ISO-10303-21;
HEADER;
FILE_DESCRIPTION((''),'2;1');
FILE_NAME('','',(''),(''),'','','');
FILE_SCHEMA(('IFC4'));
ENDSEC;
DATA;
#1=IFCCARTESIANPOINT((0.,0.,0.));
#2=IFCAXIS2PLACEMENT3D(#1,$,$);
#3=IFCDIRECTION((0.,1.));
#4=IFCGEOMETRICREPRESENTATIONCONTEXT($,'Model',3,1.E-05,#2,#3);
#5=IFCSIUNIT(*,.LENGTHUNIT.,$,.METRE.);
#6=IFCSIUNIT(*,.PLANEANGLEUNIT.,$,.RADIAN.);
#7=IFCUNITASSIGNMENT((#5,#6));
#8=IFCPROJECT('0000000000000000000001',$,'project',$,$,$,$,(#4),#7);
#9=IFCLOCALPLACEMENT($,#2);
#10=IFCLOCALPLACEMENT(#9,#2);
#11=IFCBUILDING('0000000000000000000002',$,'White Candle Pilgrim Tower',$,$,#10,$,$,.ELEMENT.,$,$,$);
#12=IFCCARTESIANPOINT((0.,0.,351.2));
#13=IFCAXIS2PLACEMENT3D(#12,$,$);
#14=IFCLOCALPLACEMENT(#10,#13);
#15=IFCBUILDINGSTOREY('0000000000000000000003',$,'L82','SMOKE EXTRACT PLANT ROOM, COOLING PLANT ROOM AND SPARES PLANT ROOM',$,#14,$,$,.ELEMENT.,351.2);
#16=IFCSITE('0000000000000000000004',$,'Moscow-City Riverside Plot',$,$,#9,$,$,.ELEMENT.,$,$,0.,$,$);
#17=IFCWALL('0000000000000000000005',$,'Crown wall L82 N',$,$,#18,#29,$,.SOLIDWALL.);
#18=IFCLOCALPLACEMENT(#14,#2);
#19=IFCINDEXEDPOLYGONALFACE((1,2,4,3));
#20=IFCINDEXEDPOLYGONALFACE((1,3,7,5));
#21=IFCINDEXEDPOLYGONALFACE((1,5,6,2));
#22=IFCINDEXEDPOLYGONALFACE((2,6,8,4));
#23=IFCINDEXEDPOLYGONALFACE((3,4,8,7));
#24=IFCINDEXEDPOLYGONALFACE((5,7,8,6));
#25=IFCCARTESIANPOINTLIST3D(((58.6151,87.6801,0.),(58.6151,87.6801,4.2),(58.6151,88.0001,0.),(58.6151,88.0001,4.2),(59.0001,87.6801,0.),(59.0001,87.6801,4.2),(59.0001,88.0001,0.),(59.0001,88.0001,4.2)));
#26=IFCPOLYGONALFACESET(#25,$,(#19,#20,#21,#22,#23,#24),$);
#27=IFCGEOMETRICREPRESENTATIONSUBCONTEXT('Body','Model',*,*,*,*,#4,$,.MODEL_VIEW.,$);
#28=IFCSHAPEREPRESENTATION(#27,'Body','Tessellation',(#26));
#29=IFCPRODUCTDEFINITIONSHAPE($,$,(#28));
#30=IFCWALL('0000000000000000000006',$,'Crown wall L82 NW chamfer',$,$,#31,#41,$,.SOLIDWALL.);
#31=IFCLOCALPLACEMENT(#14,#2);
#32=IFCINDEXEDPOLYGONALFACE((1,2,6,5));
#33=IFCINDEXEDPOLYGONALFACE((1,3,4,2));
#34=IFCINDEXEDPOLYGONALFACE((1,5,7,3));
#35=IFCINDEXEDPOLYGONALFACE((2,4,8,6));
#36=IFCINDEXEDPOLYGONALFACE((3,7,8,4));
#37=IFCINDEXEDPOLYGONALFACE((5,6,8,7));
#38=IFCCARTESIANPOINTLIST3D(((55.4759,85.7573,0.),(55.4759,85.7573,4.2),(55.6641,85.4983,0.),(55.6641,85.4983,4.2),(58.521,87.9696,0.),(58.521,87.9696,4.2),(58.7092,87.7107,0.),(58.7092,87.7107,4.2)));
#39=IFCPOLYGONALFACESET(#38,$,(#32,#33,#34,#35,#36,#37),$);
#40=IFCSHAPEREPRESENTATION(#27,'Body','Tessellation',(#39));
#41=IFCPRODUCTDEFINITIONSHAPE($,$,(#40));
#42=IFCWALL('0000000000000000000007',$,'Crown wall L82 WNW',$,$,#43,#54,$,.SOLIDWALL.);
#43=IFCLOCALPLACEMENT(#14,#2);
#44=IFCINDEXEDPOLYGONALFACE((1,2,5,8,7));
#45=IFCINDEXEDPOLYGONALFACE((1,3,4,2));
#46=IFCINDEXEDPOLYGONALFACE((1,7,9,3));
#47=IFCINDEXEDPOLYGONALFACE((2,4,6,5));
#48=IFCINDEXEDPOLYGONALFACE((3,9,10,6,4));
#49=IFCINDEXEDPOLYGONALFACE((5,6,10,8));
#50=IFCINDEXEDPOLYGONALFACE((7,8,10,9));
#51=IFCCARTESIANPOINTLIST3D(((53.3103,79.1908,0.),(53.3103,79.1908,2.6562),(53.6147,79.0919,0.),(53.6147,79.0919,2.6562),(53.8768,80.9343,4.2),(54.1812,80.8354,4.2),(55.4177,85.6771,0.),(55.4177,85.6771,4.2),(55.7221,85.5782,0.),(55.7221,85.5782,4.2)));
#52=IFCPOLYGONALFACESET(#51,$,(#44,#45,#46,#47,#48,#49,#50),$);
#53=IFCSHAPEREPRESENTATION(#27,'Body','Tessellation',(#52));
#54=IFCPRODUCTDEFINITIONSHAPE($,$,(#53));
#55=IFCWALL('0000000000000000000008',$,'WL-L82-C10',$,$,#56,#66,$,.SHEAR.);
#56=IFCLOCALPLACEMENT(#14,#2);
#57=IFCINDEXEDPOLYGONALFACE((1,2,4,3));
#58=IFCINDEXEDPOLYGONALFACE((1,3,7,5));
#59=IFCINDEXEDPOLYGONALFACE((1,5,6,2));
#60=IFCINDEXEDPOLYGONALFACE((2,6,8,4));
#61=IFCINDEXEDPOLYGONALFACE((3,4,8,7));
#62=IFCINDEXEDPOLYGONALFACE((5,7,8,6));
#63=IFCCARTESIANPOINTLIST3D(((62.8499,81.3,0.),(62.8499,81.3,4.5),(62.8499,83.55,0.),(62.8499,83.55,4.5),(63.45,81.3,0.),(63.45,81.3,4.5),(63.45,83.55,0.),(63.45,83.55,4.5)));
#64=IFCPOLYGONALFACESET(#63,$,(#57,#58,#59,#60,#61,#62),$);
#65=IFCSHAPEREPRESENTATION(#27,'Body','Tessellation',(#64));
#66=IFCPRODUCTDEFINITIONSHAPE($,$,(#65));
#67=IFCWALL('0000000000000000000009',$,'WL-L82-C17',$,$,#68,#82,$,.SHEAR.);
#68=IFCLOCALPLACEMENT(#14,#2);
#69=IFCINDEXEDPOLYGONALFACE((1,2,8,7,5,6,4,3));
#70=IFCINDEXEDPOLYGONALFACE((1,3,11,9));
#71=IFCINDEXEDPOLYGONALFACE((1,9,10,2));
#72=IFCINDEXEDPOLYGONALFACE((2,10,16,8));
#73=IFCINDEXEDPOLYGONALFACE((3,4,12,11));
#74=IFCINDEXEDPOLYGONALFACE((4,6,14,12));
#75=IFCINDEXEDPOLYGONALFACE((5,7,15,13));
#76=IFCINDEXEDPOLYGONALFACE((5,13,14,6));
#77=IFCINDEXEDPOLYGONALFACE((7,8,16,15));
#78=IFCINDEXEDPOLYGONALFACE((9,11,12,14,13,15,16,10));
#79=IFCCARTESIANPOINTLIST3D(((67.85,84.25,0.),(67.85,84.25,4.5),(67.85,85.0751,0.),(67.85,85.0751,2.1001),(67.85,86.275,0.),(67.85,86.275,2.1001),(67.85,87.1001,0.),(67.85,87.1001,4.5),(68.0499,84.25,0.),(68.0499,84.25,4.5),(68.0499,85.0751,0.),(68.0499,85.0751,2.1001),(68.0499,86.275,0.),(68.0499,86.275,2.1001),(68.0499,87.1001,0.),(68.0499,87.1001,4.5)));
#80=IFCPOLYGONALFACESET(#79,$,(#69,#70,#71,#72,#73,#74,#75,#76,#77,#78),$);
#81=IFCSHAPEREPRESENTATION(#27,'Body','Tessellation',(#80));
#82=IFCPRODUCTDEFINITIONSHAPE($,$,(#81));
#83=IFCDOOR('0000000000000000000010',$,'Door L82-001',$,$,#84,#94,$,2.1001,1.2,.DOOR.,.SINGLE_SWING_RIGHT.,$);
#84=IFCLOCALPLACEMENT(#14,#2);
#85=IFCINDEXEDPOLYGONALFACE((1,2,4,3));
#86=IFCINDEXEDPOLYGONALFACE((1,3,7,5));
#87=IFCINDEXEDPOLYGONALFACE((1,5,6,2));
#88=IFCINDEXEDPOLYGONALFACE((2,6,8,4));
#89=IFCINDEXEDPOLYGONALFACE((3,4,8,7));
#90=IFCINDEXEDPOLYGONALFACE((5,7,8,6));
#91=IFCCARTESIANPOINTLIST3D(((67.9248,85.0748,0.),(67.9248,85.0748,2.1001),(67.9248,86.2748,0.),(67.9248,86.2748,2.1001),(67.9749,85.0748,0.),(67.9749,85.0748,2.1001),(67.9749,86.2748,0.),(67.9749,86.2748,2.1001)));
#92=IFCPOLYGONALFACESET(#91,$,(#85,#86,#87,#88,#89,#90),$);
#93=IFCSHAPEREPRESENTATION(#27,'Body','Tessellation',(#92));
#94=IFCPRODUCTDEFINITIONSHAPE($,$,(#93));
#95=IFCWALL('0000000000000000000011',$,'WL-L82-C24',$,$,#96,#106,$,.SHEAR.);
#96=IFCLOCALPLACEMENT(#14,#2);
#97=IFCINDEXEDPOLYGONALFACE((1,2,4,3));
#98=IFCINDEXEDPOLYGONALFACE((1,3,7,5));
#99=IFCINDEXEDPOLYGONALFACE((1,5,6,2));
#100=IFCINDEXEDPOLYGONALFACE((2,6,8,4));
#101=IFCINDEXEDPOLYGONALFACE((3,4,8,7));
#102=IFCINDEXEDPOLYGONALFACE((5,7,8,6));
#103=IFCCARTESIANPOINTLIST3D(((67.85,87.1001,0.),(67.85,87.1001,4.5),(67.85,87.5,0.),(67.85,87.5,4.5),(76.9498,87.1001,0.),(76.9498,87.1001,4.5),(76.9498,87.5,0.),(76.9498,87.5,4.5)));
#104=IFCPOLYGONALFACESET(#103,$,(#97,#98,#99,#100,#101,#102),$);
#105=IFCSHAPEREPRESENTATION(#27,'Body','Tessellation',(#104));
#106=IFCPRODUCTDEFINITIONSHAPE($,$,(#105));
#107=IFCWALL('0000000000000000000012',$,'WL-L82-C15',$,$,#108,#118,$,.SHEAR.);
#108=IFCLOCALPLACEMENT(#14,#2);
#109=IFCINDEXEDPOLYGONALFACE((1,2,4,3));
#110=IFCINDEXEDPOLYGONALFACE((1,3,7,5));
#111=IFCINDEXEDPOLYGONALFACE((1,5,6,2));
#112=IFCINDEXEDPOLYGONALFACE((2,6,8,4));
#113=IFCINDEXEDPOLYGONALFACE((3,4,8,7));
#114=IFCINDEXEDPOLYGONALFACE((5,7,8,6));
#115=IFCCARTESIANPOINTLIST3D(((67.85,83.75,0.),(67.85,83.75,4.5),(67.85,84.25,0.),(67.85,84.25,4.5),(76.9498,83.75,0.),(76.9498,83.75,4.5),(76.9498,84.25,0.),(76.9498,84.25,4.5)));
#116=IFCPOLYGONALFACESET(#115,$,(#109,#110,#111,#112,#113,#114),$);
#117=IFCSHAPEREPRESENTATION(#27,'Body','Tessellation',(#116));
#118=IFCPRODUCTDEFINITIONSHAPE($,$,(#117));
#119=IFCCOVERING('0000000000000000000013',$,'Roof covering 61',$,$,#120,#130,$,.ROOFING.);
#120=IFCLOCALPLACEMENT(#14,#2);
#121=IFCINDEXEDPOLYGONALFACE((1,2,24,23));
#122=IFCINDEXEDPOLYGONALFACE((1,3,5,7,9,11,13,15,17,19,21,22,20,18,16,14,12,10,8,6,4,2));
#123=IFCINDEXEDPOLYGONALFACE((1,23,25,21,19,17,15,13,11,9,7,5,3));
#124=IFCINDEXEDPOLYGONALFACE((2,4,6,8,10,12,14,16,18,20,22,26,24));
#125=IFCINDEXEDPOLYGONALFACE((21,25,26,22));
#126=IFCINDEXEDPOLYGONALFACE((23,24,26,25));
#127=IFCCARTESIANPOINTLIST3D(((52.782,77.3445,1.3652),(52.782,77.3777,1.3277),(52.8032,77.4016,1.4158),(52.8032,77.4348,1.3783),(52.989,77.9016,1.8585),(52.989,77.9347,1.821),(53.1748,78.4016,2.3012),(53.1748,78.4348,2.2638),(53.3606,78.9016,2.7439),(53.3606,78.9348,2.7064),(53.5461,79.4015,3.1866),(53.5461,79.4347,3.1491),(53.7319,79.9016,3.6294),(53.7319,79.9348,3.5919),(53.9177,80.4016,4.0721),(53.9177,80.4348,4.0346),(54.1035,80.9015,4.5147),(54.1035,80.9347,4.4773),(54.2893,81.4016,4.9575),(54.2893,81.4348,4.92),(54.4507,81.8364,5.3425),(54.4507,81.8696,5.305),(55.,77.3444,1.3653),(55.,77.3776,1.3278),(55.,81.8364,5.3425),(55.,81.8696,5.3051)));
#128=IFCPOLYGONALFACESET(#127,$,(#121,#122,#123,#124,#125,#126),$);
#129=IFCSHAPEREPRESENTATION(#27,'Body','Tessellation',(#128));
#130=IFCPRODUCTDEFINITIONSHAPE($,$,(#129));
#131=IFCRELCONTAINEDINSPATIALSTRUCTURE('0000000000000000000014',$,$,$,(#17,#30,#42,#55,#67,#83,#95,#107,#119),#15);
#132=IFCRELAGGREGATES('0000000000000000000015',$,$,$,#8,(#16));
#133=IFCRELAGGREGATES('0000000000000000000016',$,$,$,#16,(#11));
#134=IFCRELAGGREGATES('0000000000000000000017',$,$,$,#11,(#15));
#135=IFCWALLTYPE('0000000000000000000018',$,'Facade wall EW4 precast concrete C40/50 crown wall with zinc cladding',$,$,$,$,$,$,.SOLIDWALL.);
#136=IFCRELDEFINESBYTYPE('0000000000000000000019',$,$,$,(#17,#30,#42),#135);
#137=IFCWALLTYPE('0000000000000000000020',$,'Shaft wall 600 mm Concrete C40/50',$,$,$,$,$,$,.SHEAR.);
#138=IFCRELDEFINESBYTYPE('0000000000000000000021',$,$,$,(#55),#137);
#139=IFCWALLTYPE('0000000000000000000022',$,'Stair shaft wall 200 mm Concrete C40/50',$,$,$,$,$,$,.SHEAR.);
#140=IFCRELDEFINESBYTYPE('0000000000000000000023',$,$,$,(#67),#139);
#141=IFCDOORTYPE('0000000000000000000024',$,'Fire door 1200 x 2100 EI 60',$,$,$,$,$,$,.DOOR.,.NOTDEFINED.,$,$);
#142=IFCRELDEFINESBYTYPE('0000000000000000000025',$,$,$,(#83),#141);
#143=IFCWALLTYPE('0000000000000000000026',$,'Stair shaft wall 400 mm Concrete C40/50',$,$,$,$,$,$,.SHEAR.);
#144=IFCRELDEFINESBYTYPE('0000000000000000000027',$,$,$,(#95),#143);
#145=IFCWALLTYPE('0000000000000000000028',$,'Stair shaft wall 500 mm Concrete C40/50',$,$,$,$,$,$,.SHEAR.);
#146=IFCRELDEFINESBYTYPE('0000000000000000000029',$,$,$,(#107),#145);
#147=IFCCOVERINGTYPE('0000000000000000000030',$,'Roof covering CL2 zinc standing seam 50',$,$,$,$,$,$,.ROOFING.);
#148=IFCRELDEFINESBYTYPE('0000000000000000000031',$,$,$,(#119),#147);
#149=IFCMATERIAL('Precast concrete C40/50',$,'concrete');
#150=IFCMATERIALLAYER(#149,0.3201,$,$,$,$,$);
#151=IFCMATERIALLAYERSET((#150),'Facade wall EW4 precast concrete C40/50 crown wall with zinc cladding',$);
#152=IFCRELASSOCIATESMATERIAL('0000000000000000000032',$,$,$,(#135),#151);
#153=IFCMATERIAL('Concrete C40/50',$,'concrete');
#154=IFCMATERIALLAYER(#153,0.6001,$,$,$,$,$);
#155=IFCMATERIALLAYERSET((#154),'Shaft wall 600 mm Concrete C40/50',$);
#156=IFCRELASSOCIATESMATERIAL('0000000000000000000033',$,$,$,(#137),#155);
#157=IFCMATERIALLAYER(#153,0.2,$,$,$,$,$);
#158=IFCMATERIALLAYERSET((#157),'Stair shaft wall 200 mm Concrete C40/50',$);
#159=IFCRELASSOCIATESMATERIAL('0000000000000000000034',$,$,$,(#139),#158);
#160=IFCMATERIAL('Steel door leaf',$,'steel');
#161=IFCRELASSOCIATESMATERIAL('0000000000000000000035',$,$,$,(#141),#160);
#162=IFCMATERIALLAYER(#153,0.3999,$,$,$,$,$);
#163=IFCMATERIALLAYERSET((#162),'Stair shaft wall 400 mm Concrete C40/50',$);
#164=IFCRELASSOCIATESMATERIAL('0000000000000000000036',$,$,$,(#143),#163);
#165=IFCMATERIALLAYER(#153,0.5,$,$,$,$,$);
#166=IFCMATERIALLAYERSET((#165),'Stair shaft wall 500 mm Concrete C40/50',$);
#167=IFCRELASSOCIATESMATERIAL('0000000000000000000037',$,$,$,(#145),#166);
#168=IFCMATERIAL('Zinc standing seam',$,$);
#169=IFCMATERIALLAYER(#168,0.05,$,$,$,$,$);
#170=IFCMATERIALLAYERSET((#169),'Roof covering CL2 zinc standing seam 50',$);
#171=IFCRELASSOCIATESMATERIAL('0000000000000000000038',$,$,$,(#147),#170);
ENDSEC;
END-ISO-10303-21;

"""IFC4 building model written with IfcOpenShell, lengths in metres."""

from ifc_helpers import new_model, si_unit, direction, frame, frame_2d, origin, place, context, subcontext, project, spatial, polyline, rectangle, outline, extrude, material, layer, layer_set, type_object, element, fill, save


model = new_model("IFC4")

# Units and contexts
model_context = context("Model", 3, precision=1e-05, world=origin(), true_north=direction((0.0, 1.0)))
body_context = subcontext(model_context, "Body", "Model", "MODEL_VIEW")
ifc_project = project(units=[si_unit("LENGTHUNIT", "METRE"), si_unit("PLANEANGLEUNIT", "RADIAN")], contexts=[model_context])

# Site, building, storey
site_placement = place(None, origin())
site = spatial("IfcSite", under=ifc_project, at=site_placement, Name="Moscow-City Riverside Plot", CompositionType="ELEMENT", RefElevation=0.0)
building_placement = place(site_placement, origin())
building = spatial("IfcBuilding", under=site, at=building_placement, Name="White Candle Pilgrim Tower", CompositionType="ELEMENT")
storey_placement = place(building_placement, frame((0.0, 0.0, 351.2)))
storey = spatial("IfcBuildingStorey", under=building, at=storey_placement, Name="L82", Description="SMOKE EXTRACT PLANT ROOM, COOLING PLANT ROOM AND SPARES PLANT ROOM", CompositionType="ELEMENT", Elevation=351.2)

# Shared definitions
ifc_material_1 = material(Name="Concrete C40/50", Category="concrete")

# Shared definitions
ifc_material_2 = material(Name="Steel door leaf", Category="steel")

# Walls
ifc_material_3 = material(Name="Precast concrete C40/50", Category="concrete")
ifc_layer_1 = layer(ifc_material_3, 0.3201)
ifc_layer_set_1 = layer_set([ifc_layer_1], Name="Facade wall EW4 precast concrete C40/50 crown wall with zinc cladding")
wall_type_1 = type_object("IfcWallType", Name="Facade wall EW4 precast concrete C40/50 crown wall with zinc cladding", PredefinedType="SOLIDWALL", material=ifc_layer_set_1)
wall_1_placement = place(storey_placement, frame((59.0, 87.8401, 0.0), z_axis=(0.0, 0.0, 1.0), x_axis=(-1.0, 0.0, 0.0)))
element("IfcWall", 1, at=wall_1_placement, inside=storey, type_object=wall_type_1, Name="Crown wall L82 N", PredefinedType="SOLIDWALL", context=body_context, shape_type="SweptSolid", body=[
    extrude(rectangle(XDim=0.385, YDim=0.3201, at=frame_2d((0.1924, 0.0))), origin(), (0.0, 0.0, 1.0), 4.2),
])
wall_2_placement = place(storey_placement, frame((58.615, 87.8401, 0.0), z_axis=(0.0, 0.0, 1.0), x_axis=(-0.809022, -0.587778, 0.0)))
element("IfcWall", 2, at=wall_2_placement, inside=storey, type_object=wall_type_1, Name="Crown wall L82 NW chamfer", PredefinedType="SOLIDWALL", context=body_context, shape_type="SweptSolid", body=[
    extrude(rectangle(XDim=3.7639, YDim=0.3201, at=frame_2d((1.8818, 0.0))), origin(), (0.0, 0.0, 1.0), 4.2),
])
wall_3_placement = place(storey_placement, frame((55.5698, 85.6277, 0.0), z_axis=(0.0, 0.0, 1.0), x_axis=(-0.309002, -0.951061, 0.0)))
element("IfcWall", 3, at=wall_3_placement, inside=storey, type_object=wall_type_1, Name="Crown wall L82 WNW", PredefinedType="SOLIDWALL", context=body_context, shape_type="SweptSolid", body=[
    extrude(outline(polyline([(0.0, 0.0), (6.8201, 0.0), (6.8201, 2.6562), (4.9868, 4.2), (0.0, 4.2), (0.0, 0.0)])), frame((0.0, 0.1602, 0.0), z_axis=(0.0, -1.0, 0.0), x_axis=(1.0, 0.0, 0.0)), (0.0, 0.0, 1.0), 0.3201),
])
ifc_layer_2 = layer(ifc_material_1, 0.6001)
ifc_layer_set_2 = layer_set([ifc_layer_2], Name="Shaft wall 600 mm Concrete C40/50")
wall_type_2 = type_object("IfcWallType", Name="Shaft wall 600 mm Concrete C40/50", PredefinedType="SHEAR", material=ifc_layer_set_2)
wall_4_placement = place(storey_placement, frame((63.1499, 81.3, 0.0), z_axis=(0.0, 0.0, 1.0), x_axis=(0.0, 1.0, 0.0)))
element("IfcWall", 4, at=wall_4_placement, inside=storey, type_object=wall_type_2, Name="WL-L82-C10", PredefinedType="SHEAR", context=body_context, shape_type="SweptSolid", body=[
    extrude(rectangle(XDim=2.25, YDim=0.6001, at=frame_2d((1.125, 0.0))), origin(), (0.0, 0.0, 1.0), 4.5),
])

# Wall, opening, door
ifc_layer_3 = layer(ifc_material_1, 0.2)
ifc_layer_set_3 = layer_set([ifc_layer_3], Name="Stair shaft wall 200 mm Concrete C40/50")
wall_type_3 = type_object("IfcWallType", Name="Stair shaft wall 200 mm Concrete C40/50", PredefinedType="SHEAR", material=ifc_layer_set_3)
wall_5_placement = place(storey_placement, frame((67.95, 84.25, 0.0), z_axis=(0.0, 0.0, 1.0), x_axis=(0.0, 1.0, 0.0)))
wall_5 = element("IfcWall", 5, at=wall_5_placement, inside=storey, type_object=wall_type_3, Name="WL-L82-C17", PredefinedType="SHEAR", context=body_context, shape_type="SweptSolid", body=[
    extrude(rectangle(XDim=2.8501, YDim=0.2, at=frame_2d((1.425, 0.0))), origin(), (0.0, 0.0, 1.0), 4.5),
])
opening_1_placement = place(wall_5_placement, frame((0.825, 0.0, 0.0)))
opening_1 = element("IfcOpeningElement", 6, at=opening_1_placement, cuts=wall_5, PredefinedType="OPENING", context=body_context, shape_type="SweptSolid", body=[
    extrude(rectangle(XDim=1.2, YDim=2.1001, at=frame_2d((0.6001, 1.05))), frame((0.0, 0.1099, 0.0), z_axis=(0.0, -1.0, 0.0), x_axis=(1.0, 0.0, 0.0)), (0.0, 0.0, 1.0), 0.22),
])
door_type_1 = type_object("IfcDoorType", Name="Fire door 1200 x 2100 EI 60", OperationType="NOTDEFINED", PredefinedType="DOOR", material=ifc_material_2)
door_1_placement = place(opening_1_placement, frame((1.2, 0.0, 0.0), z_axis=(0.0, 0.0, 1.0), x_axis=(-1.0, 0.0, 0.0)))
door_1 = element("IfcDoor", 7, at=door_1_placement, inside=storey, type_object=door_type_1, Name="Door L82-001", OperationType="SINGLE_SWING_RIGHT", OverallHeight=2.1001, OverallWidth=1.2, PredefinedType="DOOR", context=body_context, shape_type="SweptSolid", body=[
    extrude(rectangle(XDim=1.2, YDim=2.1001, at=frame_2d((0.6001, 1.05))), frame((0.0, 0.0249, 0.0), z_axis=(0.0, -1.0, 0.0), x_axis=(1.0, 0.0, 0.0)), (0.0, 0.0, 1.0), 0.05),
])
fill(opening_1, door_1)

# Walls
ifc_layer_4 = layer(ifc_material_1, 0.3999)
ifc_layer_set_4 = layer_set([ifc_layer_4], Name="Stair shaft wall 400 mm Concrete C40/50")
wall_type_4 = type_object("IfcWallType", Name="Stair shaft wall 400 mm Concrete C40/50", PredefinedType="SHEAR", material=ifc_layer_set_4)
wall_6_placement = place(storey_placement, frame((67.8501, 87.3, 0.0), z_axis=(0.0, 0.0, 1.0), x_axis=(1.0, 0.0, 0.0)))
element("IfcWall", 8, at=wall_6_placement, inside=storey, type_object=wall_type_4, Name="WL-L82-C24", PredefinedType="SHEAR", context=body_context, shape_type="SweptSolid", body=[
    extrude(rectangle(XDim=9.0999, YDim=0.3999, at=frame_2d((4.5498, 0.0))), origin(), (0.0, 0.0, 1.0), 4.5),
])
ifc_layer_5 = layer(ifc_material_1, 0.5)
ifc_layer_set_5 = layer_set([ifc_layer_5], Name="Stair shaft wall 500 mm Concrete C40/50")
wall_type_5 = type_object("IfcWallType", Name="Stair shaft wall 500 mm Concrete C40/50", PredefinedType="SHEAR", material=ifc_layer_set_5)
wall_7_placement = place(storey_placement, frame((67.8501, 84.0, 0.0), z_axis=(0.0, 0.0, 1.0), x_axis=(1.0, 0.0, 0.0)))
element("IfcWall", 9, at=wall_7_placement, inside=storey, type_object=wall_type_5, Name="WL-L82-C15", PredefinedType="SHEAR", context=body_context, shape_type="SweptSolid", body=[
    extrude(rectangle(XDim=9.0999, YDim=0.5, at=frame_2d((4.5498, 0.0))), origin(), (0.0, 0.0, 1.0), 4.5),
])

# Covering
ifc_material_4 = material(Name="Zinc standing seam")
ifc_layer_6 = layer(ifc_material_4, 0.05)
ifc_layer_set_6 = layer_set([ifc_layer_6], Name="Roof covering CL2 zinc standing seam 50")
covering_type_1 = type_object("IfcCoveringType", Name="Roof covering CL2 zinc standing seam 50", PredefinedType="ROOFING", material=ifc_layer_set_6)
covering_1_placement = place(storey_placement, frame((55.0, 81.8364, 5.3425), z_axis=(-0.000037, -0.662908, 0.748701), x_axis=(0.0, -0.748701, -0.662908)))
element("IfcCovering", 10, at=covering_1_placement, inside=storey, type_object=covering_type_1, Name="Roof covering 61", PredefinedType="ROOFING", context=body_context, shape_type="SweptSolid", body=[
    extrude(outline(polyline([(0.0, 0.0), (5.9997, 0.0), (5.9997, -2.218), (5.9234, -2.1968), (5.2557, -2.011), (4.5877, -1.8252), (3.92, -1.6394), (3.2522, -1.4539), (2.5842, -1.2681), (1.9165, -1.0823), (1.2487, -0.8965), (0.5808, -0.7107), (0.0, -0.5493), (0.0, 0.0)])), origin(), (0.0, 0.0, -1.0), 0.05),
])

save(model, "model.ifc")
